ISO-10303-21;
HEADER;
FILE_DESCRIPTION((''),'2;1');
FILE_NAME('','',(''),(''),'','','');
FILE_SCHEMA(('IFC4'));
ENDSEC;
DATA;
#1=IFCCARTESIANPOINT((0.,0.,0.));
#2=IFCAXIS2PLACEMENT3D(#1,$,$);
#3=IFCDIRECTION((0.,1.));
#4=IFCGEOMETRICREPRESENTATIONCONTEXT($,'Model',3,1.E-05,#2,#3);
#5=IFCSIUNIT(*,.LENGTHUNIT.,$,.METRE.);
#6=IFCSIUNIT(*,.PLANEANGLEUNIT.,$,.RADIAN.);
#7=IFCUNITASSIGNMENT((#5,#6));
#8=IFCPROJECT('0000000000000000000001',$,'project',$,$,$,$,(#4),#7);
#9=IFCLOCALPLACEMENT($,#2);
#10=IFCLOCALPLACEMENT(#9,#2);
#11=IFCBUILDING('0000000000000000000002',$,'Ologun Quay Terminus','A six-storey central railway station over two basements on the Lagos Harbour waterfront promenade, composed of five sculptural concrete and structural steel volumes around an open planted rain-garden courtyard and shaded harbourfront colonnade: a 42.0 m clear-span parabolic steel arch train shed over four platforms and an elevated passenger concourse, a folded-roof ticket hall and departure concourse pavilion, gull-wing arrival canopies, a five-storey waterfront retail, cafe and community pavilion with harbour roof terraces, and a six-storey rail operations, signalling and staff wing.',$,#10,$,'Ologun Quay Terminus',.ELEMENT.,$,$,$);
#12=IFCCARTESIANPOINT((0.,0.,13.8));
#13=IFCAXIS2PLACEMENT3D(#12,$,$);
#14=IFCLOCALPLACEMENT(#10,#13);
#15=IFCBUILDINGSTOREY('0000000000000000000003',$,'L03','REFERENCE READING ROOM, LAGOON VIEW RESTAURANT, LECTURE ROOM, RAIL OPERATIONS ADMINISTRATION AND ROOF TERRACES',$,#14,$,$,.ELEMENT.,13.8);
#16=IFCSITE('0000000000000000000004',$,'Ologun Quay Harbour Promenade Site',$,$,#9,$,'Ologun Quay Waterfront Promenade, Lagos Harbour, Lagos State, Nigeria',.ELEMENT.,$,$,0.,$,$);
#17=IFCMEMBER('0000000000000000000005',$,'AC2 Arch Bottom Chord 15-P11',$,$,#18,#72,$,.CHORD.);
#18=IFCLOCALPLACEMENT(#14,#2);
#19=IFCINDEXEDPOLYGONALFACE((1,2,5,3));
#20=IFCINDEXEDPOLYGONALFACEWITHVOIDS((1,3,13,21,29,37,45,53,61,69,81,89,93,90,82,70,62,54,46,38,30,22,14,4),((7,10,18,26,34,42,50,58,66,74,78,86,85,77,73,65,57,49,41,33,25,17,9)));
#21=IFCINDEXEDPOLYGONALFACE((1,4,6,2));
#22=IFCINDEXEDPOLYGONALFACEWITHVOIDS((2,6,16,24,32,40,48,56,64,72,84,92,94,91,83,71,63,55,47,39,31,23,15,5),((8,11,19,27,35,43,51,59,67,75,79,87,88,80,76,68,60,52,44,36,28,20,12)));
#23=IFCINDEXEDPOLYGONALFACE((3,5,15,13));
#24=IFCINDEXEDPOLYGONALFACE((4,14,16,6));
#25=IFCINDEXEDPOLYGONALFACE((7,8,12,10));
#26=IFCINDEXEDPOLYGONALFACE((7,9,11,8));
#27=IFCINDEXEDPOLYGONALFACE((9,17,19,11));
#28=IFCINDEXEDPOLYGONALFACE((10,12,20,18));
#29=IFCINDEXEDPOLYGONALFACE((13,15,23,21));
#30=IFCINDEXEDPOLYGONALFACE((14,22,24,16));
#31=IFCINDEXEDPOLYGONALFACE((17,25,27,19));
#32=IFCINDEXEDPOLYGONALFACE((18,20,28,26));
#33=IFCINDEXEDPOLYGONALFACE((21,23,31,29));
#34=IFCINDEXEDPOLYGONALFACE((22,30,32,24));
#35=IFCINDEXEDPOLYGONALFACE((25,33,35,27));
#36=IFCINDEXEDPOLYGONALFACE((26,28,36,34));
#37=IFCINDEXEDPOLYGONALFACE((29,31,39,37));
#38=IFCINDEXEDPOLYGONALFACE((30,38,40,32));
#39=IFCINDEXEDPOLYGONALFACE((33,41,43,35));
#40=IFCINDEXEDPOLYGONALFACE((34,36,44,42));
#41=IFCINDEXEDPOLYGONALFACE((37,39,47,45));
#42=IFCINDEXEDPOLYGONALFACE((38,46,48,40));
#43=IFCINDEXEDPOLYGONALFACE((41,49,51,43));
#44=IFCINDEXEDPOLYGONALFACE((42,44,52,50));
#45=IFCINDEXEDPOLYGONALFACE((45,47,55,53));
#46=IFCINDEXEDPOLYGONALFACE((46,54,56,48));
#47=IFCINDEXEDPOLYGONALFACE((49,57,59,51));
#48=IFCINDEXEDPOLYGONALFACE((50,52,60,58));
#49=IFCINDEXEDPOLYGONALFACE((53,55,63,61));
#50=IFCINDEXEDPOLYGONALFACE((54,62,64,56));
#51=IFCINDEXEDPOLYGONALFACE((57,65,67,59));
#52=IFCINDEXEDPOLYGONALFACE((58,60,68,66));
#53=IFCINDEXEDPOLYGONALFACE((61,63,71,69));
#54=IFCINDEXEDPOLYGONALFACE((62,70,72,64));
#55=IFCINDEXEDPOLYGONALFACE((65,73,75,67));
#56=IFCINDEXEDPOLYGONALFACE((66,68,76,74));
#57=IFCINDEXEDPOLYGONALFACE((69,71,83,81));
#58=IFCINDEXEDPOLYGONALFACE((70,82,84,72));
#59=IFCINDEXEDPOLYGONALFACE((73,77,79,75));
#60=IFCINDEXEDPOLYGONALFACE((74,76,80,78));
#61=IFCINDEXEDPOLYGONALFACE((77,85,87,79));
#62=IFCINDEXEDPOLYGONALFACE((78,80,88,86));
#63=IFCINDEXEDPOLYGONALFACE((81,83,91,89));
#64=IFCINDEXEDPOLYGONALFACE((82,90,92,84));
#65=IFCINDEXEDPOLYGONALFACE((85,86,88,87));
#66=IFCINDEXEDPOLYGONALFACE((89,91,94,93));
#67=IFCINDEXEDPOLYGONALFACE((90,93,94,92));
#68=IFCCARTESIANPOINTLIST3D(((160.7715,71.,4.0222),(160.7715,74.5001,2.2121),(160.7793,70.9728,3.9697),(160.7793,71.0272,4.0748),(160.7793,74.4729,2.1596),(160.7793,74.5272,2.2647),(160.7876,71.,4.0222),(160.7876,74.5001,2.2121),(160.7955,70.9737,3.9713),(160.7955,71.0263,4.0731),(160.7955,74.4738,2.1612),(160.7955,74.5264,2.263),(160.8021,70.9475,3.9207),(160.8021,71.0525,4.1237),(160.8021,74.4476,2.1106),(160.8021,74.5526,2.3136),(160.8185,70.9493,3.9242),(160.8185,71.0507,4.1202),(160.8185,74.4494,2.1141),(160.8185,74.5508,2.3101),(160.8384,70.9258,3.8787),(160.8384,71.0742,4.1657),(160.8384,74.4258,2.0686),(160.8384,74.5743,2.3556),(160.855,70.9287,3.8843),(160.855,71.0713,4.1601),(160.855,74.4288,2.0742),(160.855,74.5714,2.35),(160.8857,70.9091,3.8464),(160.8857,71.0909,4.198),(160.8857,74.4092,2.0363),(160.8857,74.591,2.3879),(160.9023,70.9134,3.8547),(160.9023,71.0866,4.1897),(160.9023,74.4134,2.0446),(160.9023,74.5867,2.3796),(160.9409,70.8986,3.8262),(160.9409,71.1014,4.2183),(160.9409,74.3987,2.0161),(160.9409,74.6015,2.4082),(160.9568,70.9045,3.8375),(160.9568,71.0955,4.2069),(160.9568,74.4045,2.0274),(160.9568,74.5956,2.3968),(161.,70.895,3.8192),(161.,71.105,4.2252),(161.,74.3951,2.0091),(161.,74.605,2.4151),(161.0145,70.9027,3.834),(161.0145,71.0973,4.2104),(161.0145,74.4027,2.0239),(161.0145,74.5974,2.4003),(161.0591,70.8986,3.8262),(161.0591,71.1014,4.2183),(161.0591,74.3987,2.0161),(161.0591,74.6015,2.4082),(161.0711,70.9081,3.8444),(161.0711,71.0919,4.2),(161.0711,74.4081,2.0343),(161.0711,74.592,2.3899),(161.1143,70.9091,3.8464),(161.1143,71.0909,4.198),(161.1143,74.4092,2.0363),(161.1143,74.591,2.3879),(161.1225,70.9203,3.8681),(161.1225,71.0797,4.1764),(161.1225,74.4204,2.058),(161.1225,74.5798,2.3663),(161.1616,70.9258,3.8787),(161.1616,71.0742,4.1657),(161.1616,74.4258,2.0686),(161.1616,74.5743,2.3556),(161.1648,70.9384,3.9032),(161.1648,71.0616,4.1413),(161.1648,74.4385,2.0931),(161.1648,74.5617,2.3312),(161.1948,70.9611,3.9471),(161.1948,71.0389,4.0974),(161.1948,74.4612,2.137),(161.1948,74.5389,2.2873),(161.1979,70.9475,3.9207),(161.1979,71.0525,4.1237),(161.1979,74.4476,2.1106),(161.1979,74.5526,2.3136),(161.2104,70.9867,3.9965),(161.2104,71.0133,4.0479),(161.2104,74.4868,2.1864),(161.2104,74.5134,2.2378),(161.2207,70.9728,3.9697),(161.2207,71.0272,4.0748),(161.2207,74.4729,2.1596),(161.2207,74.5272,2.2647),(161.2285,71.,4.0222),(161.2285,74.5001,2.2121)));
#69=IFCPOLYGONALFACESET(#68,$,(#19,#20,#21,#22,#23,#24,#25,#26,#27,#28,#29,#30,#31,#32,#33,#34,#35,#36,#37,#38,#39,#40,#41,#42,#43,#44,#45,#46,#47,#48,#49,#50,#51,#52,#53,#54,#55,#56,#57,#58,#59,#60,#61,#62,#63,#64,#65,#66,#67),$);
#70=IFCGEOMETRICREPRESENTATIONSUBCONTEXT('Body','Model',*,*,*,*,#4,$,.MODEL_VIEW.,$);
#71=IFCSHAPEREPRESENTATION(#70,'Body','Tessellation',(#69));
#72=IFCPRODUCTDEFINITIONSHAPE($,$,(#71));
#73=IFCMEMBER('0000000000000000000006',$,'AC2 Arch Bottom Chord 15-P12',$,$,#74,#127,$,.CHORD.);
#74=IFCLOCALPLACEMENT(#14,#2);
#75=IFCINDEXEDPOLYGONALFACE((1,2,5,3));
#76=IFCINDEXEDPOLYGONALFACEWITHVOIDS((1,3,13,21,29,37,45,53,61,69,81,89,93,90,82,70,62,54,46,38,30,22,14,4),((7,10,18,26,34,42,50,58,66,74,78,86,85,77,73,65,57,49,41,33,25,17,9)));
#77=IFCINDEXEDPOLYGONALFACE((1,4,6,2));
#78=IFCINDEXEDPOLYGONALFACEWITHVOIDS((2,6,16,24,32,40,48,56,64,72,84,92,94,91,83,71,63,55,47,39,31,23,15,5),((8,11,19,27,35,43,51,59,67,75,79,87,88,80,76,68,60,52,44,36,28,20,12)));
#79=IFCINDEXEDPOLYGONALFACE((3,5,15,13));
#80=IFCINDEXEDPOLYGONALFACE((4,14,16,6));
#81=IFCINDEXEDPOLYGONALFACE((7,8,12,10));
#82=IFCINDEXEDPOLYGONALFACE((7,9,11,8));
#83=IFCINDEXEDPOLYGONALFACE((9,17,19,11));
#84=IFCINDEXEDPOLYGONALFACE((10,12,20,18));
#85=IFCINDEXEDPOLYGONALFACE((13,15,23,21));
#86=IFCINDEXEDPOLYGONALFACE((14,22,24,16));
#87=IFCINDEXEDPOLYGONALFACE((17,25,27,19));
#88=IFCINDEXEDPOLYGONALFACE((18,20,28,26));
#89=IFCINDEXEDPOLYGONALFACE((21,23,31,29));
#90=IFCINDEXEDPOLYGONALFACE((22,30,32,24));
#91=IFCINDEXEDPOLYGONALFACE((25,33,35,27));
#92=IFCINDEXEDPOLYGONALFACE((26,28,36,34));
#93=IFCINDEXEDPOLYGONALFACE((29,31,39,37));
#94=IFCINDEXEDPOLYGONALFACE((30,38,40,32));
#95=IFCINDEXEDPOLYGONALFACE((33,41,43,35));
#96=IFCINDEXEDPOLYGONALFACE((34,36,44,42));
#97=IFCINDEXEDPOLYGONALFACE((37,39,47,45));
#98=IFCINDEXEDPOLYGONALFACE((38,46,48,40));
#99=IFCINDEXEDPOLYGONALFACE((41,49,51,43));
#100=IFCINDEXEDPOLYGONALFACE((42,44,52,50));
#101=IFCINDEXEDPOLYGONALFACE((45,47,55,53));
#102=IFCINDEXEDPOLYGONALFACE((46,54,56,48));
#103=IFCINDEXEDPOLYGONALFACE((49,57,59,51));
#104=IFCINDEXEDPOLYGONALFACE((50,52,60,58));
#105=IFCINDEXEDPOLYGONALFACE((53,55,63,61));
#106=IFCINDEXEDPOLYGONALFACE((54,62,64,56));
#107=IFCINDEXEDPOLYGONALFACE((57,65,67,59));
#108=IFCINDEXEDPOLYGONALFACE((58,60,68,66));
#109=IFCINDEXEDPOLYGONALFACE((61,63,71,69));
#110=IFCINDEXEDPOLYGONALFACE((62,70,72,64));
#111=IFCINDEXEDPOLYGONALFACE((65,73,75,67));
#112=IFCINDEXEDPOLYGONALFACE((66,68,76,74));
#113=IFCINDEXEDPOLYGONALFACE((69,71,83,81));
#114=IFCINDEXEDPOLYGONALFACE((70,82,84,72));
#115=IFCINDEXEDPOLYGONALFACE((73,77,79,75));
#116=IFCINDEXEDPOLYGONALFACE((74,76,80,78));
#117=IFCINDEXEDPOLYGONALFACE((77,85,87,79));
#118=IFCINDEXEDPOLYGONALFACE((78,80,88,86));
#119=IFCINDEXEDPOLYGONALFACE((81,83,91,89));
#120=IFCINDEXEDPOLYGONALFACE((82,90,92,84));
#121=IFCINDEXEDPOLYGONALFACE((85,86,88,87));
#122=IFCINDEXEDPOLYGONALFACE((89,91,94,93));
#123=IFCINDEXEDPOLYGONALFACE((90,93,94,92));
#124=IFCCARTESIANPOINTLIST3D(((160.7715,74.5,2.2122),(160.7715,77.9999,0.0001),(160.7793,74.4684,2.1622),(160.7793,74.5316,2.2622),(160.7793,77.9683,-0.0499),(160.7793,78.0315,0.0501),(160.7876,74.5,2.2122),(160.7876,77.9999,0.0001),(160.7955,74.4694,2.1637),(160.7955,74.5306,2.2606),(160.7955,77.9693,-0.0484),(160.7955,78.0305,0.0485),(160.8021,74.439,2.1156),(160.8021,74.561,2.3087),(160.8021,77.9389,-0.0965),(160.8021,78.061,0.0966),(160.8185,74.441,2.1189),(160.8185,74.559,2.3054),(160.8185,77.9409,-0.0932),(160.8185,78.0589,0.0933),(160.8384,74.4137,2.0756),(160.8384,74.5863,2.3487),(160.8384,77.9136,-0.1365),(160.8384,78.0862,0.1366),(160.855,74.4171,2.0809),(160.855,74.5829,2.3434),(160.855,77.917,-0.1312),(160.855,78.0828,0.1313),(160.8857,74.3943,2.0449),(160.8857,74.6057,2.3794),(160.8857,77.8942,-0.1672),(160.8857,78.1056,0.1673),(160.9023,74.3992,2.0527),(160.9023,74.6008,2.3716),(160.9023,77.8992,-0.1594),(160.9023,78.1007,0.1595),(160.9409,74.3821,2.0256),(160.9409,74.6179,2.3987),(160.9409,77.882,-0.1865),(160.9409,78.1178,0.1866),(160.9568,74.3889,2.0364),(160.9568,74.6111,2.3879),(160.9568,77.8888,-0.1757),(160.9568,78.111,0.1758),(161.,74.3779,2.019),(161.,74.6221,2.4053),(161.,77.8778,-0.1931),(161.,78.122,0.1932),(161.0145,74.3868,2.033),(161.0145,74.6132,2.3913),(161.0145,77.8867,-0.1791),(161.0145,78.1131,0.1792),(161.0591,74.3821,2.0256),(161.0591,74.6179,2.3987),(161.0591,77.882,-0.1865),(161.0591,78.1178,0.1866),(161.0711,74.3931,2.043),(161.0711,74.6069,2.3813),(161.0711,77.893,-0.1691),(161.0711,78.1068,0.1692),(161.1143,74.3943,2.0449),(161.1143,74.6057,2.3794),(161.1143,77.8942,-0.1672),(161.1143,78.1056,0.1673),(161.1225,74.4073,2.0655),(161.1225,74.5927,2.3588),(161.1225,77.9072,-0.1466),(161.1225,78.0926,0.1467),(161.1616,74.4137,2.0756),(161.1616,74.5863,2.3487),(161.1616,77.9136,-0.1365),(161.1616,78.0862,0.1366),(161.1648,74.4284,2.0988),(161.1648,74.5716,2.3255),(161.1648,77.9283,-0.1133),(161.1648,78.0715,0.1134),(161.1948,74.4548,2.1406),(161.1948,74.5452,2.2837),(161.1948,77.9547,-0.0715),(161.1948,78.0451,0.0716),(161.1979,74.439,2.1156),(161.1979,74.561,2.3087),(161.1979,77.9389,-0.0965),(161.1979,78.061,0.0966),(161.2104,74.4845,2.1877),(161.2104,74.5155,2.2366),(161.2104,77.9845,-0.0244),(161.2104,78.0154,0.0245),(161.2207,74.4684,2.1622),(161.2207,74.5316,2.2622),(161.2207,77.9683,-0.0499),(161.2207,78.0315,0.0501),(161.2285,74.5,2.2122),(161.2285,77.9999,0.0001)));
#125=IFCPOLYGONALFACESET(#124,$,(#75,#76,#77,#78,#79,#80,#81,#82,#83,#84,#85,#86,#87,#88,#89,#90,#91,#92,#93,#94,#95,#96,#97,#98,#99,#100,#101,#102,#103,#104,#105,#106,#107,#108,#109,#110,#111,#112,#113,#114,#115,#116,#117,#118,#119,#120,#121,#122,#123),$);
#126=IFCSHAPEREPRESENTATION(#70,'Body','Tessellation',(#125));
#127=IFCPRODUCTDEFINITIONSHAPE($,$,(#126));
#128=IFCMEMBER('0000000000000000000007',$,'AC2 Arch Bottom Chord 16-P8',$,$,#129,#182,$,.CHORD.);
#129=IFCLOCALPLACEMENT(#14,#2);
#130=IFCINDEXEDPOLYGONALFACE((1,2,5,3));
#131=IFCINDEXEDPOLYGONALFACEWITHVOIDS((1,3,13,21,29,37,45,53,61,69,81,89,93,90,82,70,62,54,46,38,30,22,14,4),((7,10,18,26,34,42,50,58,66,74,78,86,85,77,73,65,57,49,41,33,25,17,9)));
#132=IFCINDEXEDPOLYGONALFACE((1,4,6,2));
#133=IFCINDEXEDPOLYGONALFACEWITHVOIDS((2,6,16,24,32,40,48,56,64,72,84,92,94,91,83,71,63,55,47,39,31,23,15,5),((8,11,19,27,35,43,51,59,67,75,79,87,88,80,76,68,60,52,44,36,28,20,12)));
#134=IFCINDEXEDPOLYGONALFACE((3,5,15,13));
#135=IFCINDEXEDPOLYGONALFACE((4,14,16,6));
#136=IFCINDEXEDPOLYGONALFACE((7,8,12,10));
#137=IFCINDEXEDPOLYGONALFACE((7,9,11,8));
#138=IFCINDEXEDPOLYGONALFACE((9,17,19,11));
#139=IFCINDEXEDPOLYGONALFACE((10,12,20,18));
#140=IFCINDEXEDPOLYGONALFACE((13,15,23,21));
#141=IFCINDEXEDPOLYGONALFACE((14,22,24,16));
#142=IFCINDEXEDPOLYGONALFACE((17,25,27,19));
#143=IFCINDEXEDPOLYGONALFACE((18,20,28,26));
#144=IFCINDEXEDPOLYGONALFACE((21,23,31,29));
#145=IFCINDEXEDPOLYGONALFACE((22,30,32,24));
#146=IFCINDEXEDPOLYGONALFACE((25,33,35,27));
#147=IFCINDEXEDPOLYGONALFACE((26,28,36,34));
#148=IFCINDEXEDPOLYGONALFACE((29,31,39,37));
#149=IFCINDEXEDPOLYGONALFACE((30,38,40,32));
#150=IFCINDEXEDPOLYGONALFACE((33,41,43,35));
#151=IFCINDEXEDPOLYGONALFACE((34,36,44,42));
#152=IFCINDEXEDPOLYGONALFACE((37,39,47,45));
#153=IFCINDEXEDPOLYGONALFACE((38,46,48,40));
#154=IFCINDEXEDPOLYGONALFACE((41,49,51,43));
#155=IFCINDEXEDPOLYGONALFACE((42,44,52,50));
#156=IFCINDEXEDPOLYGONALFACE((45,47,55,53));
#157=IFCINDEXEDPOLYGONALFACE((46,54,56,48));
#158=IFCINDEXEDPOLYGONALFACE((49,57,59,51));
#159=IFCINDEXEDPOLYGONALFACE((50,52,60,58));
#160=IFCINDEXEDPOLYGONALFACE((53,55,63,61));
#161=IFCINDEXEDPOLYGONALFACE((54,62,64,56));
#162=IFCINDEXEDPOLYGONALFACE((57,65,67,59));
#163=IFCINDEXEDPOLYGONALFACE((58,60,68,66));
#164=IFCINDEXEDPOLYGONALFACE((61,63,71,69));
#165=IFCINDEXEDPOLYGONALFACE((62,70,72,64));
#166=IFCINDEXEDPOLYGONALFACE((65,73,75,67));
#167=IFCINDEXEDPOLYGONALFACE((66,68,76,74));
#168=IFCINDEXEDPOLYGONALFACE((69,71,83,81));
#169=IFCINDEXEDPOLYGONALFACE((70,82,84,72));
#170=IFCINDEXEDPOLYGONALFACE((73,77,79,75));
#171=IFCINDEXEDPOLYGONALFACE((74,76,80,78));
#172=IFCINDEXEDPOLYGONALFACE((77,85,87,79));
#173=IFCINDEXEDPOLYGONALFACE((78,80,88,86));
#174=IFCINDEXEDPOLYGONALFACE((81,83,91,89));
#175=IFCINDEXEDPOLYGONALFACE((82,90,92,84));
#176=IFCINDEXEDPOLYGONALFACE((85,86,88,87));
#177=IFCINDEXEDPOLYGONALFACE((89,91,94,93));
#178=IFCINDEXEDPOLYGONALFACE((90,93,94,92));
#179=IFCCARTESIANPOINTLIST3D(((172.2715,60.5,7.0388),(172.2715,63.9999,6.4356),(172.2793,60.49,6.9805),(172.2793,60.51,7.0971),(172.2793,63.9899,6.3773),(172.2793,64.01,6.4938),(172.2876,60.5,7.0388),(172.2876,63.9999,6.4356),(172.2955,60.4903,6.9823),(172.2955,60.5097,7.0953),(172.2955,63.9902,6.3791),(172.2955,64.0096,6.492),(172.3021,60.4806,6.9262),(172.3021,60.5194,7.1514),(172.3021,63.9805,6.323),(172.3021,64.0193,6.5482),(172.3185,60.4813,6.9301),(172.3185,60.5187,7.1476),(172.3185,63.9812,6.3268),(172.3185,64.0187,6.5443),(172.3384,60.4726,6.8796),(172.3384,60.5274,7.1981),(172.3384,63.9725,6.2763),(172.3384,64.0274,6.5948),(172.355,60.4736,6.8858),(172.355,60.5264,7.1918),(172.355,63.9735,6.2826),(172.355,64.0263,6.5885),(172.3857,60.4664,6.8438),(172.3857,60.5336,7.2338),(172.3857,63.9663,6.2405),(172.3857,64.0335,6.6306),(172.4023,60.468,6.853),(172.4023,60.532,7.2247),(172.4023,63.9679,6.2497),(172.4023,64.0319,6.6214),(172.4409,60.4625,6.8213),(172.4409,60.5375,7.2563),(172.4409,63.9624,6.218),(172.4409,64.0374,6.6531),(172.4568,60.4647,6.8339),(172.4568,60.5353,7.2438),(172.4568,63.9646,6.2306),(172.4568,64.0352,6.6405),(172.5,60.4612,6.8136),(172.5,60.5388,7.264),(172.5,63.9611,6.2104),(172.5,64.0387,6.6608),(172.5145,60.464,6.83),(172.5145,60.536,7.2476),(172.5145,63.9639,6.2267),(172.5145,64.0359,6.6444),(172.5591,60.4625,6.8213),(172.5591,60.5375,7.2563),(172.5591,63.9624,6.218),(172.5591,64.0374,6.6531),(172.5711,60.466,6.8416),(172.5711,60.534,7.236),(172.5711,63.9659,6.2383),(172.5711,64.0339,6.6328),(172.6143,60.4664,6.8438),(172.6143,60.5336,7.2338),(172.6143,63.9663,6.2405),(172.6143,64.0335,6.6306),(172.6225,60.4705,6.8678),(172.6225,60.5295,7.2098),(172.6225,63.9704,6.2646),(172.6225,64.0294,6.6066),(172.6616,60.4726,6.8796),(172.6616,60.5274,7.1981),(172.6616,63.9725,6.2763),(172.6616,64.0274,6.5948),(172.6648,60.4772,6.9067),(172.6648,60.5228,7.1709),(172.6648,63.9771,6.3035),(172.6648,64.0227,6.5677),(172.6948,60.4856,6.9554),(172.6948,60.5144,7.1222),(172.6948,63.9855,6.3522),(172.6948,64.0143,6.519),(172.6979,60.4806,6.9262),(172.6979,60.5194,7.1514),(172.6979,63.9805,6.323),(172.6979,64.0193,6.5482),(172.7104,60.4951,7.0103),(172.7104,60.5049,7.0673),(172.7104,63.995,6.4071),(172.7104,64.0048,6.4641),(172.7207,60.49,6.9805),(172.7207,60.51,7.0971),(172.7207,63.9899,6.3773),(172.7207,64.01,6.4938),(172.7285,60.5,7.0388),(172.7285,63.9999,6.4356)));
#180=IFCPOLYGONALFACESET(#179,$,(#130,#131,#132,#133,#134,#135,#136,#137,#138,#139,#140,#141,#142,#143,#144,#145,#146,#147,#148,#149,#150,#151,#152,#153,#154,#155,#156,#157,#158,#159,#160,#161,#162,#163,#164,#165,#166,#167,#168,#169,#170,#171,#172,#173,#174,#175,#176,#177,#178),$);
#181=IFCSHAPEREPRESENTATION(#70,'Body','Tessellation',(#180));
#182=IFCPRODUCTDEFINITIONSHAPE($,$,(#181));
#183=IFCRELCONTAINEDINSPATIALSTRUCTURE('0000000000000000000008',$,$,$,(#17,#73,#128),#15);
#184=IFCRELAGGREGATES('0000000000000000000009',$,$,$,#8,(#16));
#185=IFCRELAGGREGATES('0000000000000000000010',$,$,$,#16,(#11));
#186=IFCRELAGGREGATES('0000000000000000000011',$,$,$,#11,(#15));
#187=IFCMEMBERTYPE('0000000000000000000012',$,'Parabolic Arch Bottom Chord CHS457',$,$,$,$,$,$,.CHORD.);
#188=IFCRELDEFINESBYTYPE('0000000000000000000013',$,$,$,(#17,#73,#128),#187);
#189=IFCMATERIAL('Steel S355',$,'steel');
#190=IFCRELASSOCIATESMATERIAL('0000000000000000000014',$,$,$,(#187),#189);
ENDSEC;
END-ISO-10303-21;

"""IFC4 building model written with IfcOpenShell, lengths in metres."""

from ifc_helpers import new_model, si_unit, direction, frame, origin, origin_2d, place, context, subcontext, project, spatial, hollow_circle, extrude, material, material_profile, profile_set, type_object, element, save


model = new_model("IFC4")

# Units and contexts
model_context = context("Model", 3, precision=1e-05, world=origin(), true_north=direction((0.0, 1.0)))
body_context = subcontext(model_context, "Body", "Model", "MODEL_VIEW")
ifc_project = project(units=[si_unit("LENGTHUNIT", "METRE"), si_unit("PLANEANGLEUNIT", "RADIAN")], contexts=[model_context])

# Site, building, storey
site_placement = place(None, origin())
site = spatial("IfcSite", under=ifc_project, at=site_placement, Name="Ologun Quay Harbour Promenade Site", LongName="Ologun Quay Waterfront Promenade, Lagos Harbour, Lagos State, Nigeria", CompositionType="ELEMENT", RefElevation=0.0)
building_placement = place(site_placement, origin())
building = spatial("IfcBuilding", under=site, at=building_placement, Name="Ologun Quay Terminus", Description="A six-storey central railway station over two basements on the Lagos Harbour waterfront promenade, composed of five sculptural concrete and structural steel volumes around an open planted rain-garden courtyard and shaded harbourfront colonnade: a 42.0 m clear-span parabolic steel arch train shed over four platforms and an elevated passenger concourse, a folded-roof ticket hall and departure concourse pavilion, gull-wing arrival canopies, a five-storey waterfront retail, cafe and community pavilion with harbour roof terraces, and a six-storey rail operations, signalling and staff wing.", LongName="Ologun Quay Terminus", CompositionType="ELEMENT")
storey_placement = place(building_placement, frame((0.0, 0.0, 13.8)))
storey = spatial("IfcBuildingStorey", under=building, at=storey_placement, Name="L03", Description="REFERENCE READING ROOM, LAGOON VIEW RESTAURANT, LECTURE ROOM, RAIL OPERATIONS ADMINISTRATION AND ROOF TERRACES", CompositionType="ELEMENT", Elevation=13.8)

# Members
ifc_material_1 = material(Name="Steel S355", Category="steel")
ifc_material_profile_1 = material_profile(ifc_material_1, hollow_circle(Radius=0.2285, WallThickness=0.0161, at=origin_2d()), Name="CHS 457x16")
ifc_profile_set_1 = profile_set([ifc_material_profile_1], Name="Steel S355")
member_type_1 = type_object("IfcMemberType", Name="Parabolic Arch Bottom Chord CHS457", PredefinedType="CHORD", material=ifc_profile_set_1)
member_1_placement = place(storey_placement, frame((161.0, 71.0, 4.0222), z_axis=(0.0, 0.888247, -0.459366), x_axis=(-1.0, 0.0, 0.0)))
element("IfcMember", 1, at=member_1_placement, inside=storey, type_object=member_type_1, Name="AC2 Arch Bottom Chord 15-P11", PredefinedType="CHORD", context=body_context, shape_type="SweptSolid", body=[
    extrude(hollow_circle(Radius=0.2285, WallThickness=0.0161, at=origin_2d()), origin(), (0.0, 0.0, 1.0), 3.9404),
])
member_2_placement = place(storey_placement, frame((161.0, 74.5, 2.2122), z_axis=(0.0, 0.845311, -0.534275), x_axis=(-1.0, 0.0, 0.0)))
element("IfcMember", 2, at=member_2_placement, inside=storey, type_object=member_type_1, Name="AC2 Arch Bottom Chord 15-P12", PredefinedType="CHORD", context=body_context, shape_type="SweptSolid", body=[
    extrude(hollow_circle(Radius=0.2285, WallThickness=0.0161, at=origin_2d()), origin(), (0.0, 0.0, 1.0), 4.1404),
])
member_3_placement = place(storey_placement, frame((172.5, 60.5, 7.0388), z_axis=(0.0, 0.985468, -0.169859), x_axis=(-1.0, 0.0, 0.0)))
element("IfcMember", 3, at=member_3_placement, inside=storey, type_object=member_type_1, Name="AC2 Arch Bottom Chord 16-P8", PredefinedType="CHORD", context=body_context, shape_type="SweptSolid", body=[
    extrude(hollow_circle(Radius=0.2285, WallThickness=0.0161, at=origin_2d()), origin(), (0.0, 0.0, 1.0), 3.5515),
])

save(model, "model.ifc")
